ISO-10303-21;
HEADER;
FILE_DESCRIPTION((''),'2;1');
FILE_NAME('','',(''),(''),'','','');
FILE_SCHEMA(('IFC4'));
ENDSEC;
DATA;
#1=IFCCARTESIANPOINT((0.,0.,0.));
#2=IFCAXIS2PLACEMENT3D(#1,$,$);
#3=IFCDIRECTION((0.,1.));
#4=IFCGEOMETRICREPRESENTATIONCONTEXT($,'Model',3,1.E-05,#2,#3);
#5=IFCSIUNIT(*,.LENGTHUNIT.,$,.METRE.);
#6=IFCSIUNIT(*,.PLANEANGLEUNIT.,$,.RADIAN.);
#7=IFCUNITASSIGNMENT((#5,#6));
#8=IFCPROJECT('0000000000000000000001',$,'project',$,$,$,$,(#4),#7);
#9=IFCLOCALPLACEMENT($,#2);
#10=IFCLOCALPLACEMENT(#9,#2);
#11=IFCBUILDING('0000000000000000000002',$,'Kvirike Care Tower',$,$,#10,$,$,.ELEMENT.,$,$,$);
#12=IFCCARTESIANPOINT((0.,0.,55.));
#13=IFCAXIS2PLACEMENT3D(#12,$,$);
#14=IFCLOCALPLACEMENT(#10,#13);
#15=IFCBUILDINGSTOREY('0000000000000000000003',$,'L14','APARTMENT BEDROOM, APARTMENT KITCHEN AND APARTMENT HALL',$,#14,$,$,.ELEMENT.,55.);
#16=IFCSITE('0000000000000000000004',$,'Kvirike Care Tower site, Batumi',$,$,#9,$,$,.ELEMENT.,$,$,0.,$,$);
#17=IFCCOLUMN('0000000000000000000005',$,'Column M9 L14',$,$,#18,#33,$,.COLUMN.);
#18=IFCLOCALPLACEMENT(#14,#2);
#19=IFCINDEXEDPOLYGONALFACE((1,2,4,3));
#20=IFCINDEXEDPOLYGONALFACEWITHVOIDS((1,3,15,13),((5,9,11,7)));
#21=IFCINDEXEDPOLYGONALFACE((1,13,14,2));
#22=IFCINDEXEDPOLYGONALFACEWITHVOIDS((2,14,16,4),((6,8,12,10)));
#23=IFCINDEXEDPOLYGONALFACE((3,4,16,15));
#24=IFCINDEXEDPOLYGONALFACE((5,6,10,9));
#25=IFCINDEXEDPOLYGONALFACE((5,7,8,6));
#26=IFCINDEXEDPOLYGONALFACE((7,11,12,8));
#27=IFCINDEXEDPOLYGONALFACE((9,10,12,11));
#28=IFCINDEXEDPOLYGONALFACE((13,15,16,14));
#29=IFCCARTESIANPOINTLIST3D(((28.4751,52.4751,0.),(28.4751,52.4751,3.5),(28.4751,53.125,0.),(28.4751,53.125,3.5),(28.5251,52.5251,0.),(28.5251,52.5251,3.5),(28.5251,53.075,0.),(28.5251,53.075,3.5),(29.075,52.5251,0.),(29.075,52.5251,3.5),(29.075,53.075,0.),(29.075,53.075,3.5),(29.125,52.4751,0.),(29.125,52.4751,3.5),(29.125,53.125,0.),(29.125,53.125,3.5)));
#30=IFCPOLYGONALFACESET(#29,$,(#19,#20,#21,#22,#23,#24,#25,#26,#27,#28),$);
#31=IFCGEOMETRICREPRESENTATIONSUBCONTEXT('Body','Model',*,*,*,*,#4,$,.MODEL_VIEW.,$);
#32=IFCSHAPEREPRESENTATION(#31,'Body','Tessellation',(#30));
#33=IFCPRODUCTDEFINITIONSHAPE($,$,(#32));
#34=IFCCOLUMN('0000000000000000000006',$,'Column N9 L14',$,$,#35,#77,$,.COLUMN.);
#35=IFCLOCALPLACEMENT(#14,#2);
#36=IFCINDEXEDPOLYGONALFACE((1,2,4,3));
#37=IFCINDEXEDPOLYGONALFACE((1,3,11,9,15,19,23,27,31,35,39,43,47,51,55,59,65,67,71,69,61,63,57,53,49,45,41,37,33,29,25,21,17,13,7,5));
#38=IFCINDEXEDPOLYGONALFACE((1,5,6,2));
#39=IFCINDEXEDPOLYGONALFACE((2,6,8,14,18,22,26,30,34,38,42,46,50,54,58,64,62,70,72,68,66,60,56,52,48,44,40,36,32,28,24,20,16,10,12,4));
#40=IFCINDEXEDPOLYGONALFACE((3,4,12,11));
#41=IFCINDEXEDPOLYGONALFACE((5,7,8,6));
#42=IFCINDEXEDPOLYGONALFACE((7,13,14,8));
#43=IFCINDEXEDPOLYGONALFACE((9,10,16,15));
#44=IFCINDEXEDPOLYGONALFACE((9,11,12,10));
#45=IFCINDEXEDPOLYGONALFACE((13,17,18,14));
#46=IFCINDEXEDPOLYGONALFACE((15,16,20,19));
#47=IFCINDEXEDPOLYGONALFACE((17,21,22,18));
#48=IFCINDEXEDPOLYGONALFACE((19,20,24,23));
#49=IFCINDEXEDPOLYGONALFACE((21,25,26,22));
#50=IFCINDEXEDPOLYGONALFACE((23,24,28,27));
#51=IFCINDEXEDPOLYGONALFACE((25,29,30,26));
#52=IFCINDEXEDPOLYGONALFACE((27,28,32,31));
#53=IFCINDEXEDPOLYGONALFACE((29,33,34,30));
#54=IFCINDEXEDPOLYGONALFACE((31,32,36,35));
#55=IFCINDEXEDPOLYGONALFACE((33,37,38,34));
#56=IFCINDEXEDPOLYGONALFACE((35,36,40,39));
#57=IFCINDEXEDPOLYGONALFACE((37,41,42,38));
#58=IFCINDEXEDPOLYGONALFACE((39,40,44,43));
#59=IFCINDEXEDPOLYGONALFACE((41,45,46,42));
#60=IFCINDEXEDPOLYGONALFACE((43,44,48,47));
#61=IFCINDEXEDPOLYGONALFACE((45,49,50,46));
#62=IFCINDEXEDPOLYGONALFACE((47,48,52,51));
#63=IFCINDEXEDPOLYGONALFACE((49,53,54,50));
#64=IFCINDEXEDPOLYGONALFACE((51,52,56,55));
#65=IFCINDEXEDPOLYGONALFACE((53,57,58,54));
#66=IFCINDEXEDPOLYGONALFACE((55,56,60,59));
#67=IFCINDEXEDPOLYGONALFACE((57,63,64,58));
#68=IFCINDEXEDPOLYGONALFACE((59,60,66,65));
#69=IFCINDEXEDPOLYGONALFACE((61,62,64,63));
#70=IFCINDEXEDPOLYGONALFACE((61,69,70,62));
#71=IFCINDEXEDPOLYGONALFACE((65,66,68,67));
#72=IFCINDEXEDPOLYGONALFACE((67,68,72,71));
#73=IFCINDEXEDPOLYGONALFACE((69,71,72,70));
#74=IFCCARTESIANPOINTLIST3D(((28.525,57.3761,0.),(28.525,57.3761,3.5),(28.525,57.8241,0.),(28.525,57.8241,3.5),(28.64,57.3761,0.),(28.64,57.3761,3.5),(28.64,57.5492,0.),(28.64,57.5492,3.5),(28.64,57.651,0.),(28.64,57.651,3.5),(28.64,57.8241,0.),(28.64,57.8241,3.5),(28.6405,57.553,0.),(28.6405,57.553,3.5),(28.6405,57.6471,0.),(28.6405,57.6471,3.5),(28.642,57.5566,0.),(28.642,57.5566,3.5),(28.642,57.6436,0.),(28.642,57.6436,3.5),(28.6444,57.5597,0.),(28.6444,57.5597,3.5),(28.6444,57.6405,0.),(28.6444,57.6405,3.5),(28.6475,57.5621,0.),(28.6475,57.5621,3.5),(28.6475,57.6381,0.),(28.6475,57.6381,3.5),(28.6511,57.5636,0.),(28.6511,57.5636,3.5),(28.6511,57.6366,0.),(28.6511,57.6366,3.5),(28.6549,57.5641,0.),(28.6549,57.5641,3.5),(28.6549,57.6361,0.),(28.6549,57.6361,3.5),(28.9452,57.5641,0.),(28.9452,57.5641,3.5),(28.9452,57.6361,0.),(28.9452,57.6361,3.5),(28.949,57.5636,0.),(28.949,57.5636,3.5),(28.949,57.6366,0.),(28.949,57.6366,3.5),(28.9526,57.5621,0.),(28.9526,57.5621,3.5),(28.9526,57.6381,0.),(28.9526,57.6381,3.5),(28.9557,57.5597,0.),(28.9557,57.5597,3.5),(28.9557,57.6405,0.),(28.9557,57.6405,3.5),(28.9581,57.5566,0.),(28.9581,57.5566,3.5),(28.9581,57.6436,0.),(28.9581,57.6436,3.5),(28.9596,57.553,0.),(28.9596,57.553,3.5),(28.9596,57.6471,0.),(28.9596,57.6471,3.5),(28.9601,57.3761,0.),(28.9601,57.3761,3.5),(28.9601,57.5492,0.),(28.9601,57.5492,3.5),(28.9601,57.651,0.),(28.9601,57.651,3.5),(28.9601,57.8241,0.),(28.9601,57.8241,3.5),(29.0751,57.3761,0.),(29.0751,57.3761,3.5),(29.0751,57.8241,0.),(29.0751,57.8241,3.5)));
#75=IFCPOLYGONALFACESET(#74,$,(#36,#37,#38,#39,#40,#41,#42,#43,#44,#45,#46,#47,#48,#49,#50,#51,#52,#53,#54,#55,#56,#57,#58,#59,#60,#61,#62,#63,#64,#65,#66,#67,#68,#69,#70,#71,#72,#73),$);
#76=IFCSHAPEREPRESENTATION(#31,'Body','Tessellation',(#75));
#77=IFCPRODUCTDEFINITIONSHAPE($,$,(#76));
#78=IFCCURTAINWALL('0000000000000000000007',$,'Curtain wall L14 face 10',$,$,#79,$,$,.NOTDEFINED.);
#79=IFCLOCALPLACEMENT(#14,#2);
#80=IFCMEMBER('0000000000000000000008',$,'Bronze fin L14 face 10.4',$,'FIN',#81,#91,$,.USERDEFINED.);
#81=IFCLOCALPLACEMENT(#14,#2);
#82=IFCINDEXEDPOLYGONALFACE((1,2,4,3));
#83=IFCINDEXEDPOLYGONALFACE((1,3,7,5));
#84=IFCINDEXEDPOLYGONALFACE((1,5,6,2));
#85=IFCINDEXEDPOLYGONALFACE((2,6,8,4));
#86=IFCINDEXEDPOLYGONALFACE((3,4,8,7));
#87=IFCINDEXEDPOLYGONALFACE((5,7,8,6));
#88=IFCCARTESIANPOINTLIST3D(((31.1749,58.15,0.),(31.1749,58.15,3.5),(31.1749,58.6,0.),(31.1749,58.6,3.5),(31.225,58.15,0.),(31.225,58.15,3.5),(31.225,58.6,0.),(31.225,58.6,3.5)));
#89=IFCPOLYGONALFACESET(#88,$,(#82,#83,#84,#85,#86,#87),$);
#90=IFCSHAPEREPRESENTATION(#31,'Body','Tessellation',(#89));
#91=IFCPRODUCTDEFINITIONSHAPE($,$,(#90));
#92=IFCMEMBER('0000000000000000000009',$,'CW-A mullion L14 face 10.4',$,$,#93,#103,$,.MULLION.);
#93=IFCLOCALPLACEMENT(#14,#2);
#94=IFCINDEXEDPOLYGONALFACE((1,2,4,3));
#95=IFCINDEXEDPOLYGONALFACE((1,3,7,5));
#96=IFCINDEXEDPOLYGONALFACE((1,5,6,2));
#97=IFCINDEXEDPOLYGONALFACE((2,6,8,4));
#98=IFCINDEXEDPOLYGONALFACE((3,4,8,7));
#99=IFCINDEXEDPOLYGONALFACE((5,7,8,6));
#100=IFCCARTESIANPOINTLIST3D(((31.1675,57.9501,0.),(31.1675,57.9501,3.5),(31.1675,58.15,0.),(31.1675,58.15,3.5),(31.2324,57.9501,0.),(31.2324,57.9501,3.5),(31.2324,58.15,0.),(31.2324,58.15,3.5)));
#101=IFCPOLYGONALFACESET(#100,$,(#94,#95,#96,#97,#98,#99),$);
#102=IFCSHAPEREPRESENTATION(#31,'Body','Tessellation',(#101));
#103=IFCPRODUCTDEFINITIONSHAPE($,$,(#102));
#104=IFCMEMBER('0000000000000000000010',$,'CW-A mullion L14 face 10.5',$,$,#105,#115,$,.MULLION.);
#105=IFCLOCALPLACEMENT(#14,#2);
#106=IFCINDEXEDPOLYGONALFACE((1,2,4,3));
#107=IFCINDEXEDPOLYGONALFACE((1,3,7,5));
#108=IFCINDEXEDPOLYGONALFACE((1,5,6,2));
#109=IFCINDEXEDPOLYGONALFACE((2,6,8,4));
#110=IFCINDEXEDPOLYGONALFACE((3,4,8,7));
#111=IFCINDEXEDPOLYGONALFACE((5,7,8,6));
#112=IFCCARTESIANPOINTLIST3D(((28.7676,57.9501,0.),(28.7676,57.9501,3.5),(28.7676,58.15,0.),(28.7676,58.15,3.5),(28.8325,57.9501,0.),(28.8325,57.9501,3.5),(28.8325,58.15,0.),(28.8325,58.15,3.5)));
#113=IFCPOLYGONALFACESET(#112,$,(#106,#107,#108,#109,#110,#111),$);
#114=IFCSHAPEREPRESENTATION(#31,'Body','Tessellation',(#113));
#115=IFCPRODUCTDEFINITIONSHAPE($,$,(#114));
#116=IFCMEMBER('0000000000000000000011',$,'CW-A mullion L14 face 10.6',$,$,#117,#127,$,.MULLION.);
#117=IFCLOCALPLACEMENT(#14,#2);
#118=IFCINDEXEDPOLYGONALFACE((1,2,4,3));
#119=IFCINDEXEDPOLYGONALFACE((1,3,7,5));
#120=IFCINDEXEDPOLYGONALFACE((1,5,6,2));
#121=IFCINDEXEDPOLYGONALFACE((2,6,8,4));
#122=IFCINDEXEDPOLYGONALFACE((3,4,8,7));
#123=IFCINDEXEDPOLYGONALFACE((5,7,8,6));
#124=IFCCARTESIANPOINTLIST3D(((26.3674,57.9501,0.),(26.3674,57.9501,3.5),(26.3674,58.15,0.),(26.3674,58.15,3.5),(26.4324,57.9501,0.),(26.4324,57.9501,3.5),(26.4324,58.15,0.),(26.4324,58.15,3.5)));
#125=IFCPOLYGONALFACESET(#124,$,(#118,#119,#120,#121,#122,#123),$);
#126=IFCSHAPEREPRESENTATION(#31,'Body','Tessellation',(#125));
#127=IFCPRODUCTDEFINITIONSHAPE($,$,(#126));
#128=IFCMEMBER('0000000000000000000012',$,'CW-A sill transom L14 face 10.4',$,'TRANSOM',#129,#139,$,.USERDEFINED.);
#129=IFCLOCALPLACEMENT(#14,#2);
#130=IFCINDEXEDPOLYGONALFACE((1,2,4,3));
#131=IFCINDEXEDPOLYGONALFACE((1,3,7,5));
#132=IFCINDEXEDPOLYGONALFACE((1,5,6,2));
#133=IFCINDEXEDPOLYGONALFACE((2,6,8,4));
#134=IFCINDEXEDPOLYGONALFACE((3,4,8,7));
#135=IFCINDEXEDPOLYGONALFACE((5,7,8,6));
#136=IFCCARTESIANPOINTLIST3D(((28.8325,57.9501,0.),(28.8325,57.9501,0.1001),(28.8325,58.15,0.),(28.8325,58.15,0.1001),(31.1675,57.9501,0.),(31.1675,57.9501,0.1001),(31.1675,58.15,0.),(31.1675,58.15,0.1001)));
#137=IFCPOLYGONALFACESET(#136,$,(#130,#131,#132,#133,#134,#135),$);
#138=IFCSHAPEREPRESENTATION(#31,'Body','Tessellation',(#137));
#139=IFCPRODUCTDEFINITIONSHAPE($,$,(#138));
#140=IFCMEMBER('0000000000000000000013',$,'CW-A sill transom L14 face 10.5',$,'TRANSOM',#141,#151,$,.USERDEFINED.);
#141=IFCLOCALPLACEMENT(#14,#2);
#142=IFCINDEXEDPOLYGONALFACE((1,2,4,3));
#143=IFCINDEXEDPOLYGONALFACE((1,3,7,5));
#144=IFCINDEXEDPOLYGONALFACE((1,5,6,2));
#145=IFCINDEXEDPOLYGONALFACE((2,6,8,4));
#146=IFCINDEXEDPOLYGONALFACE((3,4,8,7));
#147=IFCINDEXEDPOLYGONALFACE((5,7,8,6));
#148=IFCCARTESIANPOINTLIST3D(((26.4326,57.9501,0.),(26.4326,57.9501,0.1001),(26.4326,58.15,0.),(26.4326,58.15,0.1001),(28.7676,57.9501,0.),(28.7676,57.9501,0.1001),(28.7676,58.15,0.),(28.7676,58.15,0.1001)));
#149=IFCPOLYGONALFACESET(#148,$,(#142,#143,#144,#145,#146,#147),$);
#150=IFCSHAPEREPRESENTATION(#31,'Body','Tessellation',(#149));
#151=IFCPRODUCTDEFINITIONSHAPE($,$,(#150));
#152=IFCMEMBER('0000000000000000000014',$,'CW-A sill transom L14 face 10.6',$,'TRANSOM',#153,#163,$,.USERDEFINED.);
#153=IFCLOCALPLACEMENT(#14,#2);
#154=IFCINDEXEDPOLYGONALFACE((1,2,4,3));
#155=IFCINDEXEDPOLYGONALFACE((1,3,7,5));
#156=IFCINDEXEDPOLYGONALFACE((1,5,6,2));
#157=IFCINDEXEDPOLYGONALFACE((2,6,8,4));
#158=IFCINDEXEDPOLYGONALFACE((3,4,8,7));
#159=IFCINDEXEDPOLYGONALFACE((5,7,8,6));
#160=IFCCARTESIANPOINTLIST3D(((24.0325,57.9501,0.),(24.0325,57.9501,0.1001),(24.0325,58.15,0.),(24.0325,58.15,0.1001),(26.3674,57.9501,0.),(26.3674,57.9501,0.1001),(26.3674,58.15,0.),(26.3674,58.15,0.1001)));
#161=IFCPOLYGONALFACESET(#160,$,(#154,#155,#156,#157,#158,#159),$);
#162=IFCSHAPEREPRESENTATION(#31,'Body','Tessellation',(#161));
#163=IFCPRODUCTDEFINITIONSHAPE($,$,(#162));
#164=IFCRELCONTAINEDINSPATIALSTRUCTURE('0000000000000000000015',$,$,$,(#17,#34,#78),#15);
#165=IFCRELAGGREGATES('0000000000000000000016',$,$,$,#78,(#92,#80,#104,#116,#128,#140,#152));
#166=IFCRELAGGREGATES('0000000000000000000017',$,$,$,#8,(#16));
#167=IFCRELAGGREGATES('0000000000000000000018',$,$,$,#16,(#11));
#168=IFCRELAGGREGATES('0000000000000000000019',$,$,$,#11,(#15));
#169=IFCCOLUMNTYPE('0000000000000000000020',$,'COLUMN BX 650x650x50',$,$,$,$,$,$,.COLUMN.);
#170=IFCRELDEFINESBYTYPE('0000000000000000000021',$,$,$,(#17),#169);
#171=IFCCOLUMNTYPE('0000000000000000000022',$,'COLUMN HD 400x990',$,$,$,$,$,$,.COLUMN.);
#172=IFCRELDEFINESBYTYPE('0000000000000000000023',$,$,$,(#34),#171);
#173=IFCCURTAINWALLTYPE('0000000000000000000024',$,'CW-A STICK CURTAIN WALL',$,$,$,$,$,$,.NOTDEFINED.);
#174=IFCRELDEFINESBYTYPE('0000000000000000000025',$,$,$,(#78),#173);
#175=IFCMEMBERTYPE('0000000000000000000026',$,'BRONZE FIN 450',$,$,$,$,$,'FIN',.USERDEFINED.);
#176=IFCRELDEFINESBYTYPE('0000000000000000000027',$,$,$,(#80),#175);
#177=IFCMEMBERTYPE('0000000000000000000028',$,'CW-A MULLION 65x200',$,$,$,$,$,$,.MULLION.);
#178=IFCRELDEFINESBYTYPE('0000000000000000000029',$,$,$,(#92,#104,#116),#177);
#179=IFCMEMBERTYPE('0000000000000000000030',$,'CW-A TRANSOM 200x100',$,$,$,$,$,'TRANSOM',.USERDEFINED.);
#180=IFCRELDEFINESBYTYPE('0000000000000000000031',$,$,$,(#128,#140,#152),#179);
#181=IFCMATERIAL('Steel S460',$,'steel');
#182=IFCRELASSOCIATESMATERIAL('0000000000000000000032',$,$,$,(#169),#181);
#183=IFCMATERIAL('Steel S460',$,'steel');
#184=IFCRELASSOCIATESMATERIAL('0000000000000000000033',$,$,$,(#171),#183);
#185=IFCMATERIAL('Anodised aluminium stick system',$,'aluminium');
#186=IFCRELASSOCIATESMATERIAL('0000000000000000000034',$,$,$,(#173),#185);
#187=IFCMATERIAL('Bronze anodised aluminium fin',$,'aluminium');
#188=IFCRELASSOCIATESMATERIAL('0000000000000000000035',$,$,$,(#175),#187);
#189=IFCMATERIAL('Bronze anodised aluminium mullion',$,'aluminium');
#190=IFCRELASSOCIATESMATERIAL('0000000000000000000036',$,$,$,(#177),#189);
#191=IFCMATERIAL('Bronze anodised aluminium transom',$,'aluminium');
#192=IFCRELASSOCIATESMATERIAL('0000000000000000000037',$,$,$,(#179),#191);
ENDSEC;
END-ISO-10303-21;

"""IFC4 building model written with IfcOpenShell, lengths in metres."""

from ifc_helpers import new_model, si_unit, direction, frame, origin, origin_2d, place, context, subcontext, project, spatial, rectangle, hollow_rectangle, i_section, extrude, material, material_profile, profile_set, type_object, element, aggregate, save


model = new_model("IFC4")

# Units and contexts
model_context = context("Model", 3, precision=1e-05, world=origin(), true_north=direction((0.0, 1.0)))
body_context = subcontext(model_context, "Body", "Model", "MODEL_VIEW")
ifc_project = project(units=[si_unit("LENGTHUNIT", "METRE"), si_unit("PLANEANGLEUNIT", "RADIAN")], contexts=[model_context])

# Site, building, storey
site_placement = place(None, origin())
site = spatial("IfcSite", under=ifc_project, at=site_placement, Name="Kvirike Care Tower site, Batumi", CompositionType="ELEMENT", RefElevation=0.0)
building_placement = place(site_placement, origin())
building = spatial("IfcBuilding", under=site, at=building_placement, Name="Kvirike Care Tower", CompositionType="ELEMENT")
storey_placement = place(building_placement, frame((0.0, 0.0, 55.0)))
storey = spatial("IfcBuildingStorey", under=building, at=storey_placement, Name="L14", Description="APARTMENT BEDROOM, APARTMENT KITCHEN AND APARTMENT HALL", CompositionType="ELEMENT", Elevation=55.0)

# Columns
ifc_material_1 = material(Name="Steel S460", Category="steel")
ifc_material_profile_1 = material_profile(ifc_material_1, hollow_rectangle(XDim=0.6499, YDim=0.6499, WallThickness=0.05, at=origin_2d()), Name="BX 650x650x50")
ifc_profile_set_1 = profile_set([ifc_material_profile_1], Name="Steel S460")
column_type_1 = type_object("IfcColumnType", Name="COLUMN BX 650x650x50", PredefinedType="COLUMN", material=ifc_profile_set_1)
column_1_placement = place(storey_placement, frame((28.8, 52.8, 0.0), z_axis=(0.0, 0.0, 1.0), x_axis=(1.0, 0.0, 0.0)))
element("IfcColumn", 1, at=column_1_placement, inside=storey, type_object=column_type_1, Name="Column M9 L14", PredefinedType="COLUMN", context=body_context, shape_type="SweptSolid", body=[
    extrude(hollow_rectangle(XDim=0.6499, YDim=0.6499, WallThickness=0.05, at=origin_2d()), origin(), (0.0, 0.0, 1.0), 3.5),
])
ifc_material_2 = material(Name="Steel S460", Category="steel")
ifc_material_profile_2 = material_profile(ifc_material_2, i_section(OverallWidth=0.448, OverallDepth=0.55, WebThickness=0.072, FlangeThickness=0.115, FilletRadius=0.0149, at=origin_2d()), Name="HD 400x990")
ifc_profile_set_2 = profile_set([ifc_material_profile_2], Name="Steel S460")
column_type_2 = type_object("IfcColumnType", Name="COLUMN HD 400x990", PredefinedType="COLUMN", material=ifc_profile_set_2)
column_2_placement = place(storey_placement, frame((28.8, 57.6001, 0.0), z_axis=(0.0, 0.0, 1.0), x_axis=(0.0, 1.0, 0.0)))
element("IfcColumn", 2, at=column_2_placement, inside=storey, type_object=column_type_2, Name="Column N9 L14", PredefinedType="COLUMN", context=body_context, shape_type="SweptSolid", body=[
    extrude(i_section(OverallWidth=0.448, OverallDepth=0.55, WebThickness=0.072, FlangeThickness=0.115, FilletRadius=0.0149, at=origin_2d()), origin(), (0.0, 0.0, 1.0), 3.5),
])

# Curtain wall, members
ifc_material_3 = material(Name="Anodised aluminium stick system", Category="aluminium")
curtain_wall_type = type_object("IfcCurtainWallType", Name="CW-A STICK CURTAIN WALL", PredefinedType="NOTDEFINED", material=ifc_material_3)
curtain_wall_placement = place(storey_placement, origin())
curtain_wall = element("IfcCurtainWall", 3, at=curtain_wall_placement, inside=storey, type_object=curtain_wall_type, Name="Curtain wall L14 face 10", PredefinedType="NOTDEFINED")
ifc_material_4 = material(Name="Bronze anodised aluminium fin", Category="aluminium")
ifc_material_profile_3 = material_profile(ifc_material_4, rectangle(XDim=0.05, YDim=0.45, at=origin_2d()), Name="BRONZE FIN 450")
ifc_profile_set_3 = profile_set([ifc_material_profile_3], Name="Bronze anodised aluminium fin")
member_type_1 = type_object("IfcMemberType", Name="BRONZE FIN 450", ElementType="FIN", PredefinedType="USERDEFINED", material=ifc_profile_set_3)
member_1_placement = place(storey_placement, frame((31.2, 58.375, 0.0), z_axis=(0.0, 0.0, 1.0), x_axis=(-1.0, 0.0, 0.0)))
member_1 = element("IfcMember", 4, at=member_1_placement, type_object=member_type_1, Name="Bronze fin L14 face 10.4", ObjectType="FIN", PredefinedType="USERDEFINED", context=body_context, shape_type="SweptSolid", body=[
    extrude(rectangle(XDim=0.05, YDim=0.45, at=origin_2d()), origin(), (0.0, 0.0, 1.0), 3.5),
])
ifc_material_5 = material(Name="Bronze anodised aluminium mullion", Category="aluminium")
ifc_material_profile_4 = material_profile(ifc_material_5, rectangle(XDim=0.0649, YDim=0.2, at=origin_2d()), Name="CW-A MULLION 65x200")
ifc_profile_set_4 = profile_set([ifc_material_profile_4], Name="Bronze anodised aluminium mullion")
member_type_2 = type_object("IfcMemberType", Name="CW-A MULLION 65x200", PredefinedType="MULLION", material=ifc_profile_set_4)
member_2_placement = place(storey_placement, frame((31.2, 58.05, 0.0), z_axis=(0.0, 0.0, 1.0), x_axis=(-1.0, 0.0, 0.0)))
member_2 = element("IfcMember", 5, at=member_2_placement, type_object=member_type_2, Name="CW-A mullion L14 face 10.4", PredefinedType="MULLION", context=body_context, shape_type="SweptSolid", body=[
    extrude(rectangle(XDim=0.0649, YDim=0.2, at=origin_2d()), origin(), (0.0, 0.0, 1.0), 3.5),
])
member_3_placement = place(storey_placement, frame((28.8, 58.05, 0.0), z_axis=(0.0, 0.0, 1.0), x_axis=(-1.0, 0.0, 0.0)))
member_3 = element("IfcMember", 6, at=member_3_placement, type_object=member_type_2, Name="CW-A mullion L14 face 10.5", PredefinedType="MULLION", context=body_context, shape_type="SweptSolid", body=[
    extrude(rectangle(XDim=0.0649, YDim=0.2, at=origin_2d()), origin(), (0.0, 0.0, 1.0), 3.5),
])
member_4_placement = place(storey_placement, frame((26.3999, 58.05, 0.0), z_axis=(0.0, 0.0, 1.0), x_axis=(-1.0, 0.0, 0.0)))
member_4 = element("IfcMember", 7, at=member_4_placement, type_object=member_type_2, Name="CW-A mullion L14 face 10.6", PredefinedType="MULLION", context=body_context, shape_type="SweptSolid", body=[
    extrude(rectangle(XDim=0.0649, YDim=0.2, at=origin_2d()), origin(), (0.0, 0.0, 1.0), 3.5),
])
ifc_material_6 = material(Name="Bronze anodised aluminium transom", Category="aluminium")
ifc_material_profile_5 = material_profile(ifc_material_6, rectangle(XDim=0.2, YDim=0.1001, at=origin_2d()), Name="CW-A TRANSOM 200x100")
ifc_profile_set_5 = profile_set([ifc_material_profile_5], Name="Bronze anodised aluminium transom")
member_type_3 = type_object("IfcMemberType", Name="CW-A TRANSOM 200x100", ElementType="TRANSOM", PredefinedType="USERDEFINED", material=ifc_profile_set_5)
member_5_placement = place(storey_placement, frame((31.1675, 58.05, 0.05), z_axis=(-1.0, 0.0, 0.0), x_axis=(0.0, -1.0, 0.0)))
member_5 = element("IfcMember", 8, at=member_5_placement, type_object=member_type_3, Name="CW-A sill transom L14 face 10.4", ObjectType="TRANSOM", PredefinedType="USERDEFINED", context=body_context, shape_type="SweptSolid", body=[
    extrude(rectangle(XDim=0.2, YDim=0.1001, at=origin_2d()), origin(), (0.0, 0.0, 1.0), 2.335),
])
member_6_placement = place(storey_placement, frame((28.7676, 58.05, 0.05), z_axis=(-1.0, 0.0, 0.0), x_axis=(0.0, -1.0, 0.0)))
member_6 = element("IfcMember", 9, at=member_6_placement, type_object=member_type_3, Name="CW-A sill transom L14 face 10.5", ObjectType="TRANSOM", PredefinedType="USERDEFINED", context=body_context, shape_type="SweptSolid", body=[
    extrude(rectangle(XDim=0.2, YDim=0.1001, at=origin_2d()), origin(), (0.0, 0.0, 1.0), 2.335),
])
member_7_placement = place(storey_placement, frame((26.3674, 58.05, 0.05), z_axis=(-1.0, 0.0, 0.0), x_axis=(0.0, -1.0, 0.0)))
member_7 = element("IfcMember", 10, at=member_7_placement, type_object=member_type_3, Name="CW-A sill transom L14 face 10.6", ObjectType="TRANSOM", PredefinedType="USERDEFINED", context=body_context, shape_type="SweptSolid", body=[
    extrude(rectangle(XDim=0.2, YDim=0.1001, at=origin_2d()), origin(), (0.0, 0.0, 1.0), 2.335),
])

aggregate(curtain_wall, [member_2, member_1, member_3, member_4, member_5, member_6, member_7])

save(model, "model.ifc")
